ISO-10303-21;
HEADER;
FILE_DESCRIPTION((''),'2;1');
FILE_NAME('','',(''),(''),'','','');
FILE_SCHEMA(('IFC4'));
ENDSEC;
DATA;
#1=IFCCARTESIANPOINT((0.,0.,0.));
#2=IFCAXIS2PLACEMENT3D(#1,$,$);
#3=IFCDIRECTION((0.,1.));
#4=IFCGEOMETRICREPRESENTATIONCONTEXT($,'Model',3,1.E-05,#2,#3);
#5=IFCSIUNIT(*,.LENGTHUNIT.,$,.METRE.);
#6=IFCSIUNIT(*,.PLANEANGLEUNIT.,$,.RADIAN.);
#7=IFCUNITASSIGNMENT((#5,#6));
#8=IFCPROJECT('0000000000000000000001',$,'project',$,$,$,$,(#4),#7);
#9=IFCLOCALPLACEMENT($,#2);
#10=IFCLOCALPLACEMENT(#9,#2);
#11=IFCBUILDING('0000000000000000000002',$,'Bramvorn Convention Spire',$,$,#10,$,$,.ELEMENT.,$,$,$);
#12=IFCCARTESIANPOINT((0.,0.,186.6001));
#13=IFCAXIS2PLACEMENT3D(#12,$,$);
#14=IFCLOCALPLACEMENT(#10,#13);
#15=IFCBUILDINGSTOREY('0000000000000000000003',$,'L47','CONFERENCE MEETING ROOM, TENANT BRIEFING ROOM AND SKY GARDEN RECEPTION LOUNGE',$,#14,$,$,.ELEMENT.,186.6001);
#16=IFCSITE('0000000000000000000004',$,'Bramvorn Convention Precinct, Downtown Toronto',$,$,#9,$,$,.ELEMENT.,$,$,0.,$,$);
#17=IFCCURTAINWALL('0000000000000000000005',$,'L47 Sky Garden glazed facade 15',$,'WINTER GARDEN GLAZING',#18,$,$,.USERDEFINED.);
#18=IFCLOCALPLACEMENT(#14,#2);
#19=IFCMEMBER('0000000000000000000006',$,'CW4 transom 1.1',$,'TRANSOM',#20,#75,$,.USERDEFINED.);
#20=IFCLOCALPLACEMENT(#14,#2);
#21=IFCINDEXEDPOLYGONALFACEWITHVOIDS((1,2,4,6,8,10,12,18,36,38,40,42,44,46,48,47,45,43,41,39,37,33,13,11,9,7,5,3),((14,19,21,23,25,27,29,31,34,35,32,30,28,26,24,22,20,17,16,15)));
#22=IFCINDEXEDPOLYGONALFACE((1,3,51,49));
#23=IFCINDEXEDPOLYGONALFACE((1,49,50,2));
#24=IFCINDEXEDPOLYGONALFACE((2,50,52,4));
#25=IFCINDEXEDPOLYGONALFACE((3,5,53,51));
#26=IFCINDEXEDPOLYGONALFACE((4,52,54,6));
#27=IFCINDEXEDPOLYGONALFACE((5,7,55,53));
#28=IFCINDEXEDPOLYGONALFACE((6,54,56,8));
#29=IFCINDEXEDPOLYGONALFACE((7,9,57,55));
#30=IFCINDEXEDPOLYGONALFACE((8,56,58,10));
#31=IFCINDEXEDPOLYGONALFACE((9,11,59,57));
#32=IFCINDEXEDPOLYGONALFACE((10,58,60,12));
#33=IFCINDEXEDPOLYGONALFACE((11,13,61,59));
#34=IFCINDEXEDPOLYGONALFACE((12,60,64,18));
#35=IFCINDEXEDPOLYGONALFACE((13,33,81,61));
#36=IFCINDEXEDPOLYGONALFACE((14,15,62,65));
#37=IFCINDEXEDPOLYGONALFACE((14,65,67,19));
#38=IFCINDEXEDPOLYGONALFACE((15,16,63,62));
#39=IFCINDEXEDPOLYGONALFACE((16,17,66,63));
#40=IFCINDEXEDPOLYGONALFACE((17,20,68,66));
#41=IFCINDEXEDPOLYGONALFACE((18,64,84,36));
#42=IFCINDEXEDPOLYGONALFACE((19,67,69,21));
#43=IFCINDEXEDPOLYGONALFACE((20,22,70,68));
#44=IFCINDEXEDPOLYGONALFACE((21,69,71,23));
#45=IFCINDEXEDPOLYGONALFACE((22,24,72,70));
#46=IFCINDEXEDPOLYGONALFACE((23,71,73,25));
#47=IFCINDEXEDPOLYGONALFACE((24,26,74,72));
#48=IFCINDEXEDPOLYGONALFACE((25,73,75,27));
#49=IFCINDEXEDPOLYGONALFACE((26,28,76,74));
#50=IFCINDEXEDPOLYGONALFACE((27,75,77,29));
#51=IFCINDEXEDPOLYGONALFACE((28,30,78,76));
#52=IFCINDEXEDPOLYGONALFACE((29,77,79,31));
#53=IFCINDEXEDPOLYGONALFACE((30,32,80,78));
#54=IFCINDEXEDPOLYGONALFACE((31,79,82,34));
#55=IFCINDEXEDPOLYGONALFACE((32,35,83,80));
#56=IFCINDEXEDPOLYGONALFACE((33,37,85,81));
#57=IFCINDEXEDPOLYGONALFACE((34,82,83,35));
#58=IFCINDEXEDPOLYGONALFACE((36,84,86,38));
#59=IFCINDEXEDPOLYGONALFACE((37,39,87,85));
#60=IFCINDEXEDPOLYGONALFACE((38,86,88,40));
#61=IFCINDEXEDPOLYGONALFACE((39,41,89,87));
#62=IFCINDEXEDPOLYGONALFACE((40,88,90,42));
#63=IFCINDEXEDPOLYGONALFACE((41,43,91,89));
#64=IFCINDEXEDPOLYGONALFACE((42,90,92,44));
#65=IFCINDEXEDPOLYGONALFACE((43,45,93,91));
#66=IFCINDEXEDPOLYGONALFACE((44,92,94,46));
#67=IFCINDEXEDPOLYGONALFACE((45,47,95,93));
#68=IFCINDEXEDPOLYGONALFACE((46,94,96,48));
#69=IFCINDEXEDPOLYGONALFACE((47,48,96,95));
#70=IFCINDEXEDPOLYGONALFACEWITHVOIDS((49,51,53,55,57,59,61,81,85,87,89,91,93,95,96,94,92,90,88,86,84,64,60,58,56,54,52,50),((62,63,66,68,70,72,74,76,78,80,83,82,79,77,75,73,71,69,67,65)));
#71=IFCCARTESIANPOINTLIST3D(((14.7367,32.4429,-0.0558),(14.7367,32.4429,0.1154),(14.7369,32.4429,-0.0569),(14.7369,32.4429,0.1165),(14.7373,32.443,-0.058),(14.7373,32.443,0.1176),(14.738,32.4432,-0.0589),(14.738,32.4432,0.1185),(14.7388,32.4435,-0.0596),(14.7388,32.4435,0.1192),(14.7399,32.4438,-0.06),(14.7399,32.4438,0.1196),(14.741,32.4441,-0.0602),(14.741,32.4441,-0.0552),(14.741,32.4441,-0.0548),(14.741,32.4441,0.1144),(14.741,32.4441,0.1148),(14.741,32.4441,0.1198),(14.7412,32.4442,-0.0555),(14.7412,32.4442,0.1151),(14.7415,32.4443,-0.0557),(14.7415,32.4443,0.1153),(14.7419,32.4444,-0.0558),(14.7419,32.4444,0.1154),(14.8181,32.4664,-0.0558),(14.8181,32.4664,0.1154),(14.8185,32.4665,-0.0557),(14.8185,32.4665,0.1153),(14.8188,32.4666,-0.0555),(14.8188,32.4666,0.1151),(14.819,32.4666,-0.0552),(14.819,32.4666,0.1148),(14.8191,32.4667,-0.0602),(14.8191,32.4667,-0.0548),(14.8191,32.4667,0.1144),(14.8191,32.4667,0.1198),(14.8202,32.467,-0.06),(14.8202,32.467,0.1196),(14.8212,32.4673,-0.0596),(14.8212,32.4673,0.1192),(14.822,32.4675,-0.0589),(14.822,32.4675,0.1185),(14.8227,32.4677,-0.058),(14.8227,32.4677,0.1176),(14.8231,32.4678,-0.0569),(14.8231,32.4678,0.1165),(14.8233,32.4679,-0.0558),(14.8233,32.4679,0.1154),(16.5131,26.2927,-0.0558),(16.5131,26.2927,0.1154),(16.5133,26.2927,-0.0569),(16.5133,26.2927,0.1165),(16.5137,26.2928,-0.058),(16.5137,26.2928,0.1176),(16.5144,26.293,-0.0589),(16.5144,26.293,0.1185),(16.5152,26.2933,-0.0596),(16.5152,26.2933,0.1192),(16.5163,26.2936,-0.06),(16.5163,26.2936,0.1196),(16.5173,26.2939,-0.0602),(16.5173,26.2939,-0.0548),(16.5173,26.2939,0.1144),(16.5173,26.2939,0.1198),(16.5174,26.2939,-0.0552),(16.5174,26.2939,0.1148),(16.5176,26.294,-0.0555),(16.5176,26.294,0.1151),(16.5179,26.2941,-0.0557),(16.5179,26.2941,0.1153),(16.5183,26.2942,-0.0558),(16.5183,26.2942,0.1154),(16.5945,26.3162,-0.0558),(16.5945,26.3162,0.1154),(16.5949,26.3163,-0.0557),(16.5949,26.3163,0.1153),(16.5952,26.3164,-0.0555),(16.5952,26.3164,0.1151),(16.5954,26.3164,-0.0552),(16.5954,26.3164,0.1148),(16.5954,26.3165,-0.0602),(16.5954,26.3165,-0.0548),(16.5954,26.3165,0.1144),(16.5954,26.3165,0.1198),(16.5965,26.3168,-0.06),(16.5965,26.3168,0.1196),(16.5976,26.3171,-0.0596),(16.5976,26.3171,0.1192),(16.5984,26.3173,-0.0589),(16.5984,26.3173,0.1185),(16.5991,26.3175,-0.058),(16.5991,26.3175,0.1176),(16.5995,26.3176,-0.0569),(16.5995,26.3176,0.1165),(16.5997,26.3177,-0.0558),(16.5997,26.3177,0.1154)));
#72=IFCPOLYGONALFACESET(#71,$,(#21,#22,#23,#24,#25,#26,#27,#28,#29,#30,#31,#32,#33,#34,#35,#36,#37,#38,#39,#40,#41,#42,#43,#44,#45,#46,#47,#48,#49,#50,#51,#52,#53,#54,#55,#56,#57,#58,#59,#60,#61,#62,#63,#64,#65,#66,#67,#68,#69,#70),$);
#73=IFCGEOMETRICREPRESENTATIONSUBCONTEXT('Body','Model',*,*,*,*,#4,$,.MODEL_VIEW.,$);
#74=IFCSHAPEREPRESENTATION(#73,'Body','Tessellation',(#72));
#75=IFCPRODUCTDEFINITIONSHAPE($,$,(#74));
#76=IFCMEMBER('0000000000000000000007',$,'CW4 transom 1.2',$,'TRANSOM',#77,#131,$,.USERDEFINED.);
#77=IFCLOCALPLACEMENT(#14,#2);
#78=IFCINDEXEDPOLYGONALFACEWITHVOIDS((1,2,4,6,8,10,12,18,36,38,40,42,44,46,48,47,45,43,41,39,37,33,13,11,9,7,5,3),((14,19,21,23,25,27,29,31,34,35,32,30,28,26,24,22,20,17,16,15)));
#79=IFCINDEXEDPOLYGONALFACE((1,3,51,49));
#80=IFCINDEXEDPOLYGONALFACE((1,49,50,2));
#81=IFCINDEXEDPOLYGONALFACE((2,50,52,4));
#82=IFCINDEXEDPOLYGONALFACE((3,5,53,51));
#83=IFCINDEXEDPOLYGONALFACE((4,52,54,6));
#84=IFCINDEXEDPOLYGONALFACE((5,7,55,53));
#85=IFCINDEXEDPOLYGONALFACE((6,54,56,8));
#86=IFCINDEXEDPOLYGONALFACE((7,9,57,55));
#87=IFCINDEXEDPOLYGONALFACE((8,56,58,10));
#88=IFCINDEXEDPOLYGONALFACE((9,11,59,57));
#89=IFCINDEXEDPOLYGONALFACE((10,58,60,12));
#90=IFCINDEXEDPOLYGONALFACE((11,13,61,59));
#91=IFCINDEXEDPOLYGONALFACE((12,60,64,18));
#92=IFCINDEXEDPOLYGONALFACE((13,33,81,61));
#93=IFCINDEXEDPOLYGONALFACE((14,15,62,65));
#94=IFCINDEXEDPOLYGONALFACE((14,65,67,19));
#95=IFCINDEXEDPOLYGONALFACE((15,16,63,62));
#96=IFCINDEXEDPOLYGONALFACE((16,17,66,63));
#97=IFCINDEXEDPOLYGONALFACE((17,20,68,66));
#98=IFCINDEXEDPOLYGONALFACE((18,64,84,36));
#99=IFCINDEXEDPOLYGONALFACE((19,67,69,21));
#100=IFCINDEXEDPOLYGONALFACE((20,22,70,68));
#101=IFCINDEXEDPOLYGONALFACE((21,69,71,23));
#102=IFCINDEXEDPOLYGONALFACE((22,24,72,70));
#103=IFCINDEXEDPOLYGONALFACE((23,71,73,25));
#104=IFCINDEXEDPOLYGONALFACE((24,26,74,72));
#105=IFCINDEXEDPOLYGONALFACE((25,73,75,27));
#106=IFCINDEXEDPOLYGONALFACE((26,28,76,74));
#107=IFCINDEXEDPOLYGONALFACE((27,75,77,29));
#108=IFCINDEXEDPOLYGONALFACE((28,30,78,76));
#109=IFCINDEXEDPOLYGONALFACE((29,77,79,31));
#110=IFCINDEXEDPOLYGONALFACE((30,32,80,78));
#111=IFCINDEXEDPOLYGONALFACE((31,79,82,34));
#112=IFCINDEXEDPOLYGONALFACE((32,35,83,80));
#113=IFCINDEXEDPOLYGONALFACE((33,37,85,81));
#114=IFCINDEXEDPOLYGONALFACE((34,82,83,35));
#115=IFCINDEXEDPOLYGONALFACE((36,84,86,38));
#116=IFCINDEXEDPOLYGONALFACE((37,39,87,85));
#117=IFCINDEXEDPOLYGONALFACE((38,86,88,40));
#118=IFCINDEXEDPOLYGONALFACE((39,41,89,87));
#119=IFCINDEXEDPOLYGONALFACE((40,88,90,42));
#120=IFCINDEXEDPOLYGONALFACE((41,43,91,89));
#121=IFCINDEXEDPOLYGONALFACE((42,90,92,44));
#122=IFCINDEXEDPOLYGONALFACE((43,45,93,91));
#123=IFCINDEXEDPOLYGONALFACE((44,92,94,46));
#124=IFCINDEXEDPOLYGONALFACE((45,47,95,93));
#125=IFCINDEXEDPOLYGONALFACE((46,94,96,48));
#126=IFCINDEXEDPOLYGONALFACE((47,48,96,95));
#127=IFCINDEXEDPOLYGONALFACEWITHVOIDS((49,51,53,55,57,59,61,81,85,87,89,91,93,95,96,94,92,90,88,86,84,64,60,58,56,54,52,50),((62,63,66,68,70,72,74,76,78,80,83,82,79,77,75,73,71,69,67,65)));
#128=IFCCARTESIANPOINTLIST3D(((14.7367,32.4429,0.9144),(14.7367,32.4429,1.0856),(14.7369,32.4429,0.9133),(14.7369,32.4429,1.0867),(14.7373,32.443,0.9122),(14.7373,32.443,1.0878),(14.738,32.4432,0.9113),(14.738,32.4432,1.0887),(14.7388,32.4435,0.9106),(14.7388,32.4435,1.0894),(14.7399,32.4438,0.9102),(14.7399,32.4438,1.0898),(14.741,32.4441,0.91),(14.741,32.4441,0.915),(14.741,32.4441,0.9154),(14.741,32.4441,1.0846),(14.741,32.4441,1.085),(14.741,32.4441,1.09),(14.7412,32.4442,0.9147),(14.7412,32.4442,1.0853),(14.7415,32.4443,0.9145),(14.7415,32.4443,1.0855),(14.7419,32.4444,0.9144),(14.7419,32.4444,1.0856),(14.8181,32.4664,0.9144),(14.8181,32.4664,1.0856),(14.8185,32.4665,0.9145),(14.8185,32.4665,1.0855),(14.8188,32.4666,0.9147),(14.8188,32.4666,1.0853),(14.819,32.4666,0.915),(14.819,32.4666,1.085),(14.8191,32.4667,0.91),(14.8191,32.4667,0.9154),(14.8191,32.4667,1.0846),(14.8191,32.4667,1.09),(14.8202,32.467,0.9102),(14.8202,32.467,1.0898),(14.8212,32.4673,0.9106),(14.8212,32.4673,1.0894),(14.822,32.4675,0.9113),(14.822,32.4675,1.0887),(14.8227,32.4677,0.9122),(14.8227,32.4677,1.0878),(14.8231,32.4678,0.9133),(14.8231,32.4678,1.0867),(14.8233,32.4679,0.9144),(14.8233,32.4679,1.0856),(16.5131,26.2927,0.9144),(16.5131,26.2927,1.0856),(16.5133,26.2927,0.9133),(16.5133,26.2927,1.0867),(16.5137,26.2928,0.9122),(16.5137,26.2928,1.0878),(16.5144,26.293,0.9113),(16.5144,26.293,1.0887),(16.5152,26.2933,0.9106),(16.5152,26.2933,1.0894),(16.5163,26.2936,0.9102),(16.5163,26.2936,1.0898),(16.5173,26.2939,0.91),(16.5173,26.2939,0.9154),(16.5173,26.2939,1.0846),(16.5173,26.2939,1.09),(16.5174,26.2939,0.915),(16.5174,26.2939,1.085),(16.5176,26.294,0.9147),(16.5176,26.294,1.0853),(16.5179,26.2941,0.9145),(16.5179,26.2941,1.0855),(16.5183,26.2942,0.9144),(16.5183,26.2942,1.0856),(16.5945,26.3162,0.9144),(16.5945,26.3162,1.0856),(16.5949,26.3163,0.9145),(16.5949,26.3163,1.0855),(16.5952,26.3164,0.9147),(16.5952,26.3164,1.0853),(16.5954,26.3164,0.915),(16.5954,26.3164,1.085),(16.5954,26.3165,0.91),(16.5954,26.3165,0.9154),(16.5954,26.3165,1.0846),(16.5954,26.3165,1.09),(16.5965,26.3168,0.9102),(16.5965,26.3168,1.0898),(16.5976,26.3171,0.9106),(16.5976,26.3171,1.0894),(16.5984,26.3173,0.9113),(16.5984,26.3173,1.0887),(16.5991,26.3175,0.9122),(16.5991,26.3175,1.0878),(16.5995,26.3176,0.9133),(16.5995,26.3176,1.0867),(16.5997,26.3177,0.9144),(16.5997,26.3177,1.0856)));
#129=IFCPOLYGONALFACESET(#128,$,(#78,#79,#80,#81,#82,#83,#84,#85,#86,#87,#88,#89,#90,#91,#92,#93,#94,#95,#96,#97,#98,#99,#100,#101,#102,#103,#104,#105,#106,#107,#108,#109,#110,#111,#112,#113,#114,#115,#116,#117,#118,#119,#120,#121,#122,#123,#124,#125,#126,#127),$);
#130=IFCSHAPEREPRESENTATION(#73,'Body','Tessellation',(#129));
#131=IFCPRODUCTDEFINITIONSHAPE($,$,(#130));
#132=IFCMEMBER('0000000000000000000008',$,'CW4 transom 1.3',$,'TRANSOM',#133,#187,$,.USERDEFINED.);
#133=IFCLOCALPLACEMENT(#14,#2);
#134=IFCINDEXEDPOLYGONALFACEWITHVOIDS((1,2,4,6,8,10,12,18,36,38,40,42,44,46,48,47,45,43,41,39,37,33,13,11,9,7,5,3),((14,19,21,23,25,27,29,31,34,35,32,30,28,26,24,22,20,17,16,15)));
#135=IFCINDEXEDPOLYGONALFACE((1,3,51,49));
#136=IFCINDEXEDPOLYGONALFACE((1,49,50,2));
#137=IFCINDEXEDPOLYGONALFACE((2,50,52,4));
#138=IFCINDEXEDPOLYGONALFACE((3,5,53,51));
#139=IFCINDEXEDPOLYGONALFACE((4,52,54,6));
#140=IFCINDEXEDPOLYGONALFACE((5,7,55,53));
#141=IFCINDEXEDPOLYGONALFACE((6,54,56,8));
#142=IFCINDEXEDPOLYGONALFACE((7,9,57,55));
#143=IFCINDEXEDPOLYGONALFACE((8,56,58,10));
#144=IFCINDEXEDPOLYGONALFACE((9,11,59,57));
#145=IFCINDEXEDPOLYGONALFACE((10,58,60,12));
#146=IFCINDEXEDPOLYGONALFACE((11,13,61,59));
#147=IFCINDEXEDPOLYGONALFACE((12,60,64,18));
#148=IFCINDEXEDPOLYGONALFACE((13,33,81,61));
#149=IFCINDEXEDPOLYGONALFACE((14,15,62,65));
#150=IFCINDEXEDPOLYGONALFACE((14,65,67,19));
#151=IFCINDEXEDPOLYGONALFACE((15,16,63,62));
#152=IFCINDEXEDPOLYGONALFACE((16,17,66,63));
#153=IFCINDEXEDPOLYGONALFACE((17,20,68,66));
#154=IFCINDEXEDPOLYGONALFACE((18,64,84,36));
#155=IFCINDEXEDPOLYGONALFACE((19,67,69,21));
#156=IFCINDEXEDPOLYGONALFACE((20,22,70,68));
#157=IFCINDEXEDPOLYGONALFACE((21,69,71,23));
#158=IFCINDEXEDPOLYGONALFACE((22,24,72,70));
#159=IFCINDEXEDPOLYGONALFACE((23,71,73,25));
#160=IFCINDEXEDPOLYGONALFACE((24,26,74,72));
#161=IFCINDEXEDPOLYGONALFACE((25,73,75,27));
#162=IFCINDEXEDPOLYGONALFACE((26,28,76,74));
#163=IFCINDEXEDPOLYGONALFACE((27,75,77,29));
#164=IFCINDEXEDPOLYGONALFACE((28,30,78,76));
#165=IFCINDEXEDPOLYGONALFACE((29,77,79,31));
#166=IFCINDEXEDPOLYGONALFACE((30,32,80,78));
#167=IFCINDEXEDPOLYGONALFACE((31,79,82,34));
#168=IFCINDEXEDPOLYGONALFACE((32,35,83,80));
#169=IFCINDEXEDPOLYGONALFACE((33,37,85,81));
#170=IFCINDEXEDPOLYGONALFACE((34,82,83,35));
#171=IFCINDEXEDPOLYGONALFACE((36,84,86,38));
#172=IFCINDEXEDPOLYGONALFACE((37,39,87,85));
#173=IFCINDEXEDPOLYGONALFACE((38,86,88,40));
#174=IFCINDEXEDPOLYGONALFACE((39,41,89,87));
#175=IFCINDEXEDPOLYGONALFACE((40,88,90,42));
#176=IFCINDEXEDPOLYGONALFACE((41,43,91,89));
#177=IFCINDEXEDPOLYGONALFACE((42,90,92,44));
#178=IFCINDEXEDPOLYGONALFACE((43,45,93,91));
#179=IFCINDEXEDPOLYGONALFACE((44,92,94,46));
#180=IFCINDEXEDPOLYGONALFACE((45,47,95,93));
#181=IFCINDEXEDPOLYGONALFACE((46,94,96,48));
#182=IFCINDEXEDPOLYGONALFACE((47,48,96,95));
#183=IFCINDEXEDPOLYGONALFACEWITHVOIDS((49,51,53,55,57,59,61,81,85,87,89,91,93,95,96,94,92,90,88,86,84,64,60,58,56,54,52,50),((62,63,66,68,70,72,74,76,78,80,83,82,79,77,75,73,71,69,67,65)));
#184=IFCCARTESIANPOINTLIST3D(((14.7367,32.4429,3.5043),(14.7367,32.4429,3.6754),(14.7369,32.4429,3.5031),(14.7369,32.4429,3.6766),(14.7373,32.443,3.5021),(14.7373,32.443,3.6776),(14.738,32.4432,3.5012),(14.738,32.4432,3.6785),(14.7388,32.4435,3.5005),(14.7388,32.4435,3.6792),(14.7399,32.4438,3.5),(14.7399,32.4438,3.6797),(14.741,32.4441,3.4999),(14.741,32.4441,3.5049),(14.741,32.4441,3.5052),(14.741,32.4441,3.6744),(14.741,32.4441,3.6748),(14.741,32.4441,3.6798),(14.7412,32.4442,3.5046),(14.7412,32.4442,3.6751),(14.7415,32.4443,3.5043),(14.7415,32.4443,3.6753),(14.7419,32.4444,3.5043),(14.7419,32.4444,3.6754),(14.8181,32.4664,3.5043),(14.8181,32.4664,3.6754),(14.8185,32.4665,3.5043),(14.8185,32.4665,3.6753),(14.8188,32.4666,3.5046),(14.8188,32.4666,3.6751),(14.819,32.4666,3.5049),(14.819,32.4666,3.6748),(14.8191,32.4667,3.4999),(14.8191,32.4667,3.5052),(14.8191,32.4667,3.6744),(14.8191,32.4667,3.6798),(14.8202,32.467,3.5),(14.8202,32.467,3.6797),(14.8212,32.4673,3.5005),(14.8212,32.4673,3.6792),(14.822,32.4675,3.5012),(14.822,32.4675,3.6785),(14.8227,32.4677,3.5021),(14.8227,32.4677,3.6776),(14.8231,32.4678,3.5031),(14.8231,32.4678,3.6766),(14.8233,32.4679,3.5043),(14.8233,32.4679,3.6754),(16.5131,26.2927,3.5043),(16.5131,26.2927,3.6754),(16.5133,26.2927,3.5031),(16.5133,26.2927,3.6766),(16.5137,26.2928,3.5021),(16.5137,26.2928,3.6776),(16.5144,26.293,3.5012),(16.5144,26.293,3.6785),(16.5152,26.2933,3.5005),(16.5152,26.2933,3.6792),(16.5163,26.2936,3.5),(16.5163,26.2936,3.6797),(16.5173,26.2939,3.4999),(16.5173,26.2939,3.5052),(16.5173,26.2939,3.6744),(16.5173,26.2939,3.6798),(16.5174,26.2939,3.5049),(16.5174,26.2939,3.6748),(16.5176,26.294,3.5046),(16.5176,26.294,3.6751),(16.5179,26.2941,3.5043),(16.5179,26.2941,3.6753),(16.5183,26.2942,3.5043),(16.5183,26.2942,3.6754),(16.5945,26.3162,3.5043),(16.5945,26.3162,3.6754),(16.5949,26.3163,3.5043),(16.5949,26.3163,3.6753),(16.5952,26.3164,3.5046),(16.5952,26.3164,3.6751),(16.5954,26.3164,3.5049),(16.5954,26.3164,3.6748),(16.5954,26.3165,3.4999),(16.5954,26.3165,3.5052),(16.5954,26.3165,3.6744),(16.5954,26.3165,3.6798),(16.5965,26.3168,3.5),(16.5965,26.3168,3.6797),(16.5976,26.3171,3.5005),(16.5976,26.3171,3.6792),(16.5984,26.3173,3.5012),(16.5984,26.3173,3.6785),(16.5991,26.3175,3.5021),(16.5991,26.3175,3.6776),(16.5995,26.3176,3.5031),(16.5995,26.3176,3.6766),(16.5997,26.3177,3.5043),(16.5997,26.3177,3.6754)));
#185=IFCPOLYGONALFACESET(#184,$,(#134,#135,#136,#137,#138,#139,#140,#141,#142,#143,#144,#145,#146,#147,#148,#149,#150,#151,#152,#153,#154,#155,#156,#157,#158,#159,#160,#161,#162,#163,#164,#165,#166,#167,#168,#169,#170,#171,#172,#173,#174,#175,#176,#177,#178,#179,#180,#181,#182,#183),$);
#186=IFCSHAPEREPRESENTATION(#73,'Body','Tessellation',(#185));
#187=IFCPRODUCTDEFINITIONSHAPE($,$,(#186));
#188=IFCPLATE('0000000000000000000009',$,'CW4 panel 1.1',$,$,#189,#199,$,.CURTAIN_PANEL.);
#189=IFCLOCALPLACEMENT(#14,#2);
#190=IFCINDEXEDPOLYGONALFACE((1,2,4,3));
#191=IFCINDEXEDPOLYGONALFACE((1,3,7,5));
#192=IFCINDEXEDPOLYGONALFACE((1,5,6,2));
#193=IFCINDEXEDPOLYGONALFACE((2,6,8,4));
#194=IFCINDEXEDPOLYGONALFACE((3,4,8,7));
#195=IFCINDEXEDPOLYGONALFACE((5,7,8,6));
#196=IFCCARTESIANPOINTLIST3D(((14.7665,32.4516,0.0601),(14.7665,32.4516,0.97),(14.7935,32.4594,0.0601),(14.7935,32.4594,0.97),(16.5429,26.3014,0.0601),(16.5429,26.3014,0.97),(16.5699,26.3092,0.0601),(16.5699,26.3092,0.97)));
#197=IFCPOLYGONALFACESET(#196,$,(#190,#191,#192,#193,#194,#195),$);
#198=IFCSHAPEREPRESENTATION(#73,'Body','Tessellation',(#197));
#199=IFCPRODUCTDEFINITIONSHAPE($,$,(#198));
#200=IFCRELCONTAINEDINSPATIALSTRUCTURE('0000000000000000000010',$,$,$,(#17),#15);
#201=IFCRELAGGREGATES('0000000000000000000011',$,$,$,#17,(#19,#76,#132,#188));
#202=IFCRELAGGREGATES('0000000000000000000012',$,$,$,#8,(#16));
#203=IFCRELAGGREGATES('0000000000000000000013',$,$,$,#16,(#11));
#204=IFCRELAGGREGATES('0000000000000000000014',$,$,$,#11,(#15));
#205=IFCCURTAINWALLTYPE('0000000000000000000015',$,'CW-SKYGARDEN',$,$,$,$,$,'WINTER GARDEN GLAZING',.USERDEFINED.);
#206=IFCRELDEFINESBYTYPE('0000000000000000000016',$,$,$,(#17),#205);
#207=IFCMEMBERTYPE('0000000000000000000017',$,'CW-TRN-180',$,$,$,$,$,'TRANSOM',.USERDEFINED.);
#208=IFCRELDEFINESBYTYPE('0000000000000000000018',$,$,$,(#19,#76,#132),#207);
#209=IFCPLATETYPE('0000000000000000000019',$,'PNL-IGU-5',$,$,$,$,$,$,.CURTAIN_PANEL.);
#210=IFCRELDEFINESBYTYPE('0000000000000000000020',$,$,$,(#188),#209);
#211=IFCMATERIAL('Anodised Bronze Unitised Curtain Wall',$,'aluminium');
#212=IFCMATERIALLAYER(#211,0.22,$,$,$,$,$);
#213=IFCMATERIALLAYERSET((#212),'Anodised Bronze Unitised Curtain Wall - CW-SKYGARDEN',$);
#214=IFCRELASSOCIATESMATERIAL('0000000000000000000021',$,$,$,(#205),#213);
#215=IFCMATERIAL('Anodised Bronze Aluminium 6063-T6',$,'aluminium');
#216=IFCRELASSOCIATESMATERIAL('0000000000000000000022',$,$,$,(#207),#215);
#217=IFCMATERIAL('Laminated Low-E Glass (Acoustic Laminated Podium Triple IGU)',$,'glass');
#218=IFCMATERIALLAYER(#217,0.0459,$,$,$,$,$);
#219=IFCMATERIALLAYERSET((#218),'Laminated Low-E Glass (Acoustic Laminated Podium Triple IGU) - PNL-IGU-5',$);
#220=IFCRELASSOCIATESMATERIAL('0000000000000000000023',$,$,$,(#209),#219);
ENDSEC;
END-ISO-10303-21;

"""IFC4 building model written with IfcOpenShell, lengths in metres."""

from ifc_helpers import new_model, si_unit, direction, frame, origin, origin_2d, place, context, subcontext, project, spatial, rectangle, hollow_rectangle, extrude, material, layer, layer_set, material_profile, profile_set, type_object, element, aggregate, save


model = new_model("IFC4")

# Units and contexts
model_context = context("Model", 3, precision=1e-05, world=origin(), true_north=direction((0.0, 1.0)))
body_context = subcontext(model_context, "Body", "Model", "MODEL_VIEW")
ifc_project = project(units=[si_unit("LENGTHUNIT", "METRE"), si_unit("PLANEANGLEUNIT", "RADIAN")], contexts=[model_context])

# Site, building, storey
site_placement = place(None, origin())
site = spatial("IfcSite", under=ifc_project, at=site_placement, Name="Bramvorn Convention Precinct, Downtown Toronto", CompositionType="ELEMENT", RefElevation=0.0)
building_placement = place(site_placement, origin())
building = spatial("IfcBuilding", under=site, at=building_placement, Name="Bramvorn Convention Spire", CompositionType="ELEMENT")
storey_placement = place(building_placement, frame((0.0, 0.0, 186.6001)))
storey = spatial("IfcBuildingStorey", under=building, at=storey_placement, Name="L47", Description="CONFERENCE MEETING ROOM, TENANT BRIEFING ROOM AND SKY GARDEN RECEPTION LOUNGE", CompositionType="ELEMENT", Elevation=186.6001)

# Shared definitions
ifc_material_1 = material(Name="Anodised Bronze Unitised Curtain Wall", Category="aluminium")
ifc_layer_1 = layer(ifc_material_1, 0.22)
ifc_layer_set_1 = layer_set([ifc_layer_1], Name="Anodised Bronze Unitised Curtain Wall - CW-SKYGARDEN")
curtain_wall_type = type_object("IfcCurtainWallType", Name="CW-SKYGARDEN", ElementType="WINTER GARDEN GLAZING", PredefinedType="USERDEFINED", material=ifc_layer_set_1)
ifc_material_2 = material(Name="Anodised Bronze Aluminium 6063-T6", Category="aluminium")

# Curtain wall
curtain_wall_1_placement = place(storey_placement, origin())
curtain_wall_1 = element("IfcCurtainWall", 1, at=curtain_wall_1_placement, inside=storey, type_object=curtain_wall_type, Name="L47 Sky Garden glazed facade 15", ObjectType="WINTER GARDEN GLAZING", PredefinedType="USERDEFINED")

# Members
ifc_material_profile_1 = material_profile(ifc_material_2, hollow_rectangle(XDim=0.0901, YDim=0.1799, WallThickness=0.0044, InnerFilletRadius=0.001, OuterFilletRadius=0.0044, at=origin_2d()))
ifc_profile_set_1 = profile_set([ifc_material_profile_1], Name="Anodised Bronze Aluminium 6063-T6 - CWT90X180")
member_type_1 = type_object("IfcMemberType", Name="CW-TRN-180", ElementType="TRANSOM", PredefinedType="USERDEFINED", material=ifc_profile_set_1)
member_1_placement = place(storey_placement, frame((16.5564, 26.3052, 0.0298), z_axis=(-0.27749, 0.960728, 0.0), x_axis=(-0.960728, -0.27749, 0.0)))
member_1 = element("IfcMember", 2, at=member_1_placement, type_object=member_type_1, Name="CW4 transom 1.1", ObjectType="TRANSOM", PredefinedType="USERDEFINED", context=body_context, shape_type="SweptSolid", body=[
    extrude(hollow_rectangle(XDim=0.0901, YDim=0.1799, WallThickness=0.0044, InnerFilletRadius=0.001, OuterFilletRadius=0.0044, at=origin_2d()), origin(), (0.0, 0.0, 1.0), 6.4016),
])
member_2_placement = place(storey_placement, frame((16.5564, 26.3052, 1.0), z_axis=(-0.27749, 0.960728, 0.0), x_axis=(-0.960728, -0.27749, 0.0)))
member_2 = element("IfcMember", 3, at=member_2_placement, type_object=member_type_1, Name="CW4 transom 1.2", ObjectType="TRANSOM", PredefinedType="USERDEFINED", context=body_context, shape_type="SweptSolid", body=[
    extrude(hollow_rectangle(XDim=0.0901, YDim=0.1799, WallThickness=0.0044, InnerFilletRadius=0.001, OuterFilletRadius=0.0044, at=origin_2d()), origin(), (0.0, 0.0, 1.0), 6.4016),
])
member_3_placement = place(storey_placement, frame((16.5564, 26.3052, 3.5898), z_axis=(-0.27749, 0.960728, 0.0), x_axis=(-0.960728, -0.27749, 0.0)))
member_3 = element("IfcMember", 4, at=member_3_placement, type_object=member_type_1, Name="CW4 transom 1.3", ObjectType="TRANSOM", PredefinedType="USERDEFINED", context=body_context, shape_type="SweptSolid", body=[
    extrude(hollow_rectangle(XDim=0.0901, YDim=0.1799, WallThickness=0.0044, InnerFilletRadius=0.001, OuterFilletRadius=0.0044, at=origin_2d()), origin(), (0.0, 0.0, 1.0), 6.4016),
])

# Plate
ifc_material_3 = material(Name="Laminated Low-E Glass (Acoustic Laminated Podium Triple IGU)", Category="glass")
ifc_layer_2 = layer(ifc_material_3, 0.0459)
ifc_layer_set_2 = layer_set([ifc_layer_2], Name="Laminated Low-E Glass (Acoustic Laminated Podium Triple IGU) - PNL-IGU-5")
plate_type = type_object("IfcPlateType", Name="PNL-IGU-5", PredefinedType="CURTAIN_PANEL", material=ifc_layer_set_2)
plate_1_placement = place(storey_placement, frame((15.6682, 29.3804, 0.0601), z_axis=(0.0, 0.0, 1.0), x_axis=(-0.277497, 0.960727, 0.0)))
plate_1 = element("IfcPlate", 5, at=plate_1_placement, type_object=plate_type, Name="CW4 panel 1.1", PredefinedType="CURTAIN_PANEL", context=body_context, shape_type="SweptSolid", body=[
    extrude(rectangle(XDim=6.4016, YDim=0.0281, at=origin_2d()), origin(), (0.0, 0.0, 1.0), 0.9099),
])
aggregate(curtain_wall_1, [member_1, member_2, member_3, plate_1])

save(model, "model.ifc")
